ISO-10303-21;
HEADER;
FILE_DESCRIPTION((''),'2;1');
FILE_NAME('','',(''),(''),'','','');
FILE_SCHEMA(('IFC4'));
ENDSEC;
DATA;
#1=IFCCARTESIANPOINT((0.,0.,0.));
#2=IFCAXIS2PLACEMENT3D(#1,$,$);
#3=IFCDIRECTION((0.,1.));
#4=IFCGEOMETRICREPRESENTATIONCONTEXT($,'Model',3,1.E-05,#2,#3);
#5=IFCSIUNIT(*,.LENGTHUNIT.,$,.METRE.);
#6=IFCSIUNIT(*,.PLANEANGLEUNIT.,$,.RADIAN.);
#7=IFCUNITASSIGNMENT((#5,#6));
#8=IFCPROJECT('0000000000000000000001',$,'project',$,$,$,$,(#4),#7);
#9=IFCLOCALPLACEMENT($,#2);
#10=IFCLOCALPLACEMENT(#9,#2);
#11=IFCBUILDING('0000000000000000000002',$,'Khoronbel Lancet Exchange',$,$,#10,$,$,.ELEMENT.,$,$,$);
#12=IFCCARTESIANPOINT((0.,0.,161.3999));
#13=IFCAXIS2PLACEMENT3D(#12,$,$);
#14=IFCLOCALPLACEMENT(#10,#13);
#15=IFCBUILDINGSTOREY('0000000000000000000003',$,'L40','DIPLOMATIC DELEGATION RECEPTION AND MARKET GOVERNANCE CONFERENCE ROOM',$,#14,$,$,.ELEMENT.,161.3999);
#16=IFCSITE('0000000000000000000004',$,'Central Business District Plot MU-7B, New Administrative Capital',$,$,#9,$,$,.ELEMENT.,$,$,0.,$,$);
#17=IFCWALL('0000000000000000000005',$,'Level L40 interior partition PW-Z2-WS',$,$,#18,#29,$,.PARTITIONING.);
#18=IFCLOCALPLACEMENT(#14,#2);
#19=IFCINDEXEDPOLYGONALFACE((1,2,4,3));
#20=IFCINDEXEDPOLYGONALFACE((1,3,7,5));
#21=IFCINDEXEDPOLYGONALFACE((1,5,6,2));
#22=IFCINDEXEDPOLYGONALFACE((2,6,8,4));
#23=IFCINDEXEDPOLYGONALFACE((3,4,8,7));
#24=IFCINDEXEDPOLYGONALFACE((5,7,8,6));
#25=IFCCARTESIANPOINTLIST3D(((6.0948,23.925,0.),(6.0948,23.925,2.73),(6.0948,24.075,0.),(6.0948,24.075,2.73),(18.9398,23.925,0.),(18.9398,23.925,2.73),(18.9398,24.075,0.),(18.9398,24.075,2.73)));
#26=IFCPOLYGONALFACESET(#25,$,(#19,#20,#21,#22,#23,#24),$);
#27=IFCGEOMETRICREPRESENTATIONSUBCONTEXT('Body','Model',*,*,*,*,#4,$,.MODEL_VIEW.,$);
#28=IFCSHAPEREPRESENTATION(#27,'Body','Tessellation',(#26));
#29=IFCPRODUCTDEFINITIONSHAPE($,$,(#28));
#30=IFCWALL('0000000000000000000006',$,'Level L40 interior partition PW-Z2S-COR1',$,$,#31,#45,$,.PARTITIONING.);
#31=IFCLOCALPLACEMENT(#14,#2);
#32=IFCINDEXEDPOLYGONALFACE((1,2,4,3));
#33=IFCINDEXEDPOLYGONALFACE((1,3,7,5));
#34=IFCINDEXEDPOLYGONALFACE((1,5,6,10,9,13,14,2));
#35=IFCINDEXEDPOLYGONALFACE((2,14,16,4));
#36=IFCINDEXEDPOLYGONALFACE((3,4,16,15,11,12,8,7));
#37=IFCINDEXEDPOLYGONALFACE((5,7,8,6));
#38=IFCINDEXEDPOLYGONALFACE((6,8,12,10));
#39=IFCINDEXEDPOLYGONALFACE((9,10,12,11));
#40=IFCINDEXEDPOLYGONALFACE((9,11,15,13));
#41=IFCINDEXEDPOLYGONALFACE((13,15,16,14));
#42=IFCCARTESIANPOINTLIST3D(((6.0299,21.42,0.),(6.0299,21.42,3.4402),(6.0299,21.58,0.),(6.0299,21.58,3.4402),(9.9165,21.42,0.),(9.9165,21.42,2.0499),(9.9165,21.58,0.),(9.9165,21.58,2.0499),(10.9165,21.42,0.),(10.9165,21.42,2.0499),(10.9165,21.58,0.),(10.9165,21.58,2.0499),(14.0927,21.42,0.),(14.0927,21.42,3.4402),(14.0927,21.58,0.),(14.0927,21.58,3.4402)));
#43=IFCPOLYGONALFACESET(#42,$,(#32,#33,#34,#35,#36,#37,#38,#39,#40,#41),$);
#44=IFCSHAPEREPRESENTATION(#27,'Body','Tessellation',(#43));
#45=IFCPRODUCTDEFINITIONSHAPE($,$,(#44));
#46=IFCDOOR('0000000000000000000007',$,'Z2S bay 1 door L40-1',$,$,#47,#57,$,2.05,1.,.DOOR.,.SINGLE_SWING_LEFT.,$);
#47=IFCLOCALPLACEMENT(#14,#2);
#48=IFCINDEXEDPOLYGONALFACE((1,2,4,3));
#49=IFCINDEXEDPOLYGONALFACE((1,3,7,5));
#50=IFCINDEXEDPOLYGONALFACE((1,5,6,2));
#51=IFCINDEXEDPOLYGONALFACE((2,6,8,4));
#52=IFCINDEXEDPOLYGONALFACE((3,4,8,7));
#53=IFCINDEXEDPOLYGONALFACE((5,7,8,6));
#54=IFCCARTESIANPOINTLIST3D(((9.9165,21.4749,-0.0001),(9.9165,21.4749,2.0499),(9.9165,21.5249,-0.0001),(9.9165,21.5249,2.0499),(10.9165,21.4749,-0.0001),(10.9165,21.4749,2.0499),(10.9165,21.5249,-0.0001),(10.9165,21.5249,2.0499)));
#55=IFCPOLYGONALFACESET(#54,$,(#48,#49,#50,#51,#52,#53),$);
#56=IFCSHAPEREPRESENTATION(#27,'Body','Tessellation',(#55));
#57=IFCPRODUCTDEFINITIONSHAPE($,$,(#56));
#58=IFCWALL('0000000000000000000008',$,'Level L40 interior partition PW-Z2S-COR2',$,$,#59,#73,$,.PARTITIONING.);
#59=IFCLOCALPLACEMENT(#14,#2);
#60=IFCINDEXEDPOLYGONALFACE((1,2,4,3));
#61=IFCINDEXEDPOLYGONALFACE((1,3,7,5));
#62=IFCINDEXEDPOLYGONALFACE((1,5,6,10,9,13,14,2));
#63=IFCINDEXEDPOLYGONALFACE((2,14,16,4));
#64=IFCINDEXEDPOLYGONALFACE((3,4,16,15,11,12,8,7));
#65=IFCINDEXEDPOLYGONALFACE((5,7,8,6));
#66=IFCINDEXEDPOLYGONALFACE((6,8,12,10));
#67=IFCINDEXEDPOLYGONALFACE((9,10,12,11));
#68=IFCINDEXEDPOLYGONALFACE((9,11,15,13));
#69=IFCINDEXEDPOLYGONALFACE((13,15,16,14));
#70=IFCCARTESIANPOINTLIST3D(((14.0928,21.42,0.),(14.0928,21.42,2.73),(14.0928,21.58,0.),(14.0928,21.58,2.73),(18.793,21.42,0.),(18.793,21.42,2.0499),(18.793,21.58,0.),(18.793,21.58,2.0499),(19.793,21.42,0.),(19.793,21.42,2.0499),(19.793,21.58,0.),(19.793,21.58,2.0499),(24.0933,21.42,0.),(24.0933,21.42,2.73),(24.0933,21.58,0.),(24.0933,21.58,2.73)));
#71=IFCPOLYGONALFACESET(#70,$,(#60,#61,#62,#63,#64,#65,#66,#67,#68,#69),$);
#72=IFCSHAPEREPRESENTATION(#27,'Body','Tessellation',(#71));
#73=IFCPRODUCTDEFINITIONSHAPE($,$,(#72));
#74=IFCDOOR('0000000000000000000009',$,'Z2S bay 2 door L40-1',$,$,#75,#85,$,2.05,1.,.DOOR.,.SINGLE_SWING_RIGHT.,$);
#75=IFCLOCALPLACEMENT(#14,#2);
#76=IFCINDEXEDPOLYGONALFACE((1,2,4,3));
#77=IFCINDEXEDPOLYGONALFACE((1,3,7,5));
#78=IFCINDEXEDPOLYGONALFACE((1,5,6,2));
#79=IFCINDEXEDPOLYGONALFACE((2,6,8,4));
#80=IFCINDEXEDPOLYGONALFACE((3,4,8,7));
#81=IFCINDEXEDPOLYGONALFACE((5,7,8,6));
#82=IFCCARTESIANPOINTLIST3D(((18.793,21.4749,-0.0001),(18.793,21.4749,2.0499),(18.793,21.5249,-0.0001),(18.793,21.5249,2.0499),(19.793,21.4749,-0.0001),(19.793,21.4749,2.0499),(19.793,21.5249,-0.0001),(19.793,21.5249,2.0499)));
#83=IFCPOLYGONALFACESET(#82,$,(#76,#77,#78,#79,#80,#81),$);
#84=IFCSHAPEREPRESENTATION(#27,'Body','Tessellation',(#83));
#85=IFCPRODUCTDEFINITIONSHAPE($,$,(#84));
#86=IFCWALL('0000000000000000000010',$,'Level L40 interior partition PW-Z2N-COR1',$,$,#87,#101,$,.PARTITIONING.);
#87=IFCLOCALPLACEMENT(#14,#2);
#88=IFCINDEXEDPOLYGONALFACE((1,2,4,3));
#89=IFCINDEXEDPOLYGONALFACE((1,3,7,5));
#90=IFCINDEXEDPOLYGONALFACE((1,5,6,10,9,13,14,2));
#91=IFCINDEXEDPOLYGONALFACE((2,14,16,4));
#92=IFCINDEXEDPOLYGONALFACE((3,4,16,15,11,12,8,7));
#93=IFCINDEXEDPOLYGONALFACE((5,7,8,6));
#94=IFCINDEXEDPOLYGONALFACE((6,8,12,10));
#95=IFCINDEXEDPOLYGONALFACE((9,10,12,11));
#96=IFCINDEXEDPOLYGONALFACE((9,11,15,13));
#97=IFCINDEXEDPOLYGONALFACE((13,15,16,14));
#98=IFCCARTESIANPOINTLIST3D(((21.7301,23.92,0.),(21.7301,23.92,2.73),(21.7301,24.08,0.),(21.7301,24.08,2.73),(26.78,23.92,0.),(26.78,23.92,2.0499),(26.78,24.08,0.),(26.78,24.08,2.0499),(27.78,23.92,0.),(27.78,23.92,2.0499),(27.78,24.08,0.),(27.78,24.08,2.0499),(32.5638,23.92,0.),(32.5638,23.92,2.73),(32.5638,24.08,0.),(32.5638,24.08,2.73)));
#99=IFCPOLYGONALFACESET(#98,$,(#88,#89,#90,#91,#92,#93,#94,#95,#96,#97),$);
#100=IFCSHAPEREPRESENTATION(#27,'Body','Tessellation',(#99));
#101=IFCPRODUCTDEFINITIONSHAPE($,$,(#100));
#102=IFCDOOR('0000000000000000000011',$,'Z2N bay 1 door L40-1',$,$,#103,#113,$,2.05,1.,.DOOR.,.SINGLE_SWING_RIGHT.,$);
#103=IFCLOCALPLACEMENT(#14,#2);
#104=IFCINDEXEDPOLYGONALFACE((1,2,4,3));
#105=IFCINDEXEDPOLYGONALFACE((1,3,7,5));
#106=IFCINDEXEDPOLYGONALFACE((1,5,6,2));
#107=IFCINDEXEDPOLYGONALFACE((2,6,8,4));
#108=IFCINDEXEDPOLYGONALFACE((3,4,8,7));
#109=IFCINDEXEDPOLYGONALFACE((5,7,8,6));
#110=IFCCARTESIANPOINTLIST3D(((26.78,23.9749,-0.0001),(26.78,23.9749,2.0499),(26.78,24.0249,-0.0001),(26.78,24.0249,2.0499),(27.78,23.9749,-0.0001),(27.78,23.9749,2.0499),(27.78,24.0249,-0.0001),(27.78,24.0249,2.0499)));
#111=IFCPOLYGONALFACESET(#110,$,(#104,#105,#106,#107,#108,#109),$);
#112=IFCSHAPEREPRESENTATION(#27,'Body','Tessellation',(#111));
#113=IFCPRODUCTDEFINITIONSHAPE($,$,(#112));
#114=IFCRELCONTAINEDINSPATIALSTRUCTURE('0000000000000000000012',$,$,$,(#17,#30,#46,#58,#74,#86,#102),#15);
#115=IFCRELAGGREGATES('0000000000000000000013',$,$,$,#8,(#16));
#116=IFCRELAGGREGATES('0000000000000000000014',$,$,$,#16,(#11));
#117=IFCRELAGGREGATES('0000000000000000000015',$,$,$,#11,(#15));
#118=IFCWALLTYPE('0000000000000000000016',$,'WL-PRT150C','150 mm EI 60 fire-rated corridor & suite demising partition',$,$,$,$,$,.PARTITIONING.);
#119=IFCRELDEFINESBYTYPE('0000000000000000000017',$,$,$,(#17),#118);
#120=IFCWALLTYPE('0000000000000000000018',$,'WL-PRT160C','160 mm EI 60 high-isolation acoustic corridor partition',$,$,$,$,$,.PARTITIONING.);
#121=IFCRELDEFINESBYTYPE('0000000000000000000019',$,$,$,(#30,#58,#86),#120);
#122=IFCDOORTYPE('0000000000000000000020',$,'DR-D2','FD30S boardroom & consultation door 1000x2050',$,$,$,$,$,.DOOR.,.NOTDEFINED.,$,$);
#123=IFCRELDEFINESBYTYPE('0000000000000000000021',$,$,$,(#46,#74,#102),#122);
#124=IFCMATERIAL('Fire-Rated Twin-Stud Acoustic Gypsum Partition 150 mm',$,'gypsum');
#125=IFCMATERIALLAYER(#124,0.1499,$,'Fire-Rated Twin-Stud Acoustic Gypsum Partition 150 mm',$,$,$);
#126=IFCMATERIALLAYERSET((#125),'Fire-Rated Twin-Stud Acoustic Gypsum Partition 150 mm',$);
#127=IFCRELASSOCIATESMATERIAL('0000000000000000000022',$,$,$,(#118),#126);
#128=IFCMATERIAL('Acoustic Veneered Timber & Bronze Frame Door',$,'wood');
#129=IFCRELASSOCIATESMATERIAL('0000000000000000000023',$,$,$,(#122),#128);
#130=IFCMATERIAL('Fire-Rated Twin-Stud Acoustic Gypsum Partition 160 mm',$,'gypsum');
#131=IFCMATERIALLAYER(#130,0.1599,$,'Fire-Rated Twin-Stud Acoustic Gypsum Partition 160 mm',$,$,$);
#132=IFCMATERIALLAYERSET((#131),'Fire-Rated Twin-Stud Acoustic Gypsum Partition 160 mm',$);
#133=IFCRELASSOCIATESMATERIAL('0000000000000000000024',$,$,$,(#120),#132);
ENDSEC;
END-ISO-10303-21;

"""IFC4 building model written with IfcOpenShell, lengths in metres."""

from ifc_helpers import new_model, si_unit, direction, frame, frame_2d, origin, place, context, subcontext, project, spatial, rectangle, extrude, material, layer, layer_set, type_object, element, fill, save


model = new_model("IFC4")

# Units and contexts
model_context = context("Model", 3, precision=1e-05, world=origin(), true_north=direction((0.0, 1.0)))
body_context = subcontext(model_context, "Body", "Model", "MODEL_VIEW")
ifc_project = project(units=[si_unit("LENGTHUNIT", "METRE"), si_unit("PLANEANGLEUNIT", "RADIAN")], contexts=[model_context])

# Site, building, storey
site_placement = place(None, origin())
site = spatial("IfcSite", under=ifc_project, at=site_placement, Name="Central Business District Plot MU-7B, New Administrative Capital", CompositionType="ELEMENT", RefElevation=0.0)
building_placement = place(site_placement, origin())
building = spatial("IfcBuilding", under=site, at=building_placement, Name="Khoronbel Lancet Exchange", CompositionType="ELEMENT")
storey_placement = place(building_placement, frame((0.0, 0.0, 161.3999)))
storey = spatial("IfcBuildingStorey", under=building, at=storey_placement, Name="L40", Description="DIPLOMATIC DELEGATION RECEPTION AND MARKET GOVERNANCE CONFERENCE ROOM", CompositionType="ELEMENT", Elevation=161.3999)

# Shared definitions
ifc_material_1 = material(Name="Fire-Rated Twin-Stud Acoustic Gypsum Partition 150 mm", Category="gypsum")
ifc_layer_1 = layer(ifc_material_1, 0.1499, Name="Fire-Rated Twin-Stud Acoustic Gypsum Partition 150 mm")
ifc_layer_set_1 = layer_set([ifc_layer_1], Name="Fire-Rated Twin-Stud Acoustic Gypsum Partition 150 mm")
wall_type_1 = type_object("IfcWallType", Name="WL-PRT150C", Description="150 mm EI 60 fire-rated corridor & suite demising partition", PredefinedType="PARTITIONING", material=ifc_layer_set_1)
ifc_material_2 = material(Name="Acoustic Veneered Timber & Bronze Frame Door", Category="wood")
door_type = type_object("IfcDoorType", Name="DR-D2", Description="FD30S boardroom & consultation door 1000x2050", OperationType="NOTDEFINED", PredefinedType="DOOR", material=ifc_material_2)

# Wall
wall_1_placement = place(storey_placement, frame((6.095, 24.0, 0.0), z_axis=(0.0, 0.0, 1.0), x_axis=(1.0, 0.0, 0.0)))
element("IfcWall", 1, at=wall_1_placement, inside=storey, type_object=wall_type_1, Name="Level L40 interior partition PW-Z2-WS", PredefinedType="PARTITIONING", context=body_context, shape_type="SweptSolid", body=[
    extrude(rectangle(XDim=12.845, YDim=0.1499, at=frame_2d((6.4224, 0.0))), origin(), (0.0, 0.0, 1.0), 2.73),
])

# Walls, openings, doors
ifc_material_3 = material(Name="Fire-Rated Twin-Stud Acoustic Gypsum Partition 160 mm", Category="gypsum")
ifc_layer_2 = layer(ifc_material_3, 0.1599, Name="Fire-Rated Twin-Stud Acoustic Gypsum Partition 160 mm")
ifc_layer_set_2 = layer_set([ifc_layer_2], Name="Fire-Rated Twin-Stud Acoustic Gypsum Partition 160 mm")
wall_type_2 = type_object("IfcWallType", Name="WL-PRT160C", Description="160 mm EI 60 high-isolation acoustic corridor partition", PredefinedType="PARTITIONING", material=ifc_layer_set_2)
wall_2_placement = place(storey_placement, frame((6.03, 21.5, 0.0), z_axis=(0.0, 0.0, 1.0), x_axis=(1.0, 0.0, 0.0)))
wall_2 = element("IfcWall", 2, at=wall_2_placement, inside=storey, type_object=wall_type_2, Name="Level L40 interior partition PW-Z2S-COR1", PredefinedType="PARTITIONING", context=body_context, shape_type="SweptSolid", body=[
    extrude(rectangle(XDim=8.0627, YDim=0.1599, at=frame_2d((4.0312, 0.0))), origin(), (0.0, 0.0, 1.0), 3.4402),
])
opening_1_placement = place(wall_2_placement, frame((3.8865, 0.0, 0.0)))
opening_1 = element("IfcOpeningElement", 3, at=opening_1_placement, cuts=wall_2, PredefinedType="OPENING", context=body_context, shape_type="SweptSolid", body=[
    extrude(rectangle(XDim=1.0, YDim=2.05, at=frame_2d((0.5, 1.0249))), frame((0.0, 0.0898, 0.0), z_axis=(0.0, -1.0, 0.0), x_axis=(1.0, 0.0, 0.0)), (0.0, 0.0, 1.0), 0.1799),
])
door_1_placement = place(opening_1_placement, origin())
door_1 = element("IfcDoor", 4, at=door_1_placement, inside=storey, type_object=door_type, Name="Z2S bay 1 door L40-1", OperationType="SINGLE_SWING_LEFT", OverallHeight=2.05, OverallWidth=1.0, PredefinedType="DOOR", context=body_context, shape_type="SweptSolid", body=[
    extrude(rectangle(XDim=1.0, YDim=2.05, at=frame_2d((0.5, 1.0249))), frame((0.0, 0.0249, 0.0), z_axis=(0.0, -1.0, 0.0), x_axis=(1.0, 0.0, 0.0)), (0.0, 0.0, 1.0), 0.05),
])
fill(opening_1, door_1)
wall_3_placement = place(storey_placement, frame((14.0928, 21.5, 0.0), z_axis=(0.0, 0.0, 1.0), x_axis=(1.0, 0.0, 0.0)))
wall_3 = element("IfcWall", 5, at=wall_3_placement, inside=storey, type_object=wall_type_2, Name="Level L40 interior partition PW-Z2S-COR2", PredefinedType="PARTITIONING", context=body_context, shape_type="SweptSolid", body=[
    extrude(rectangle(XDim=10.0005, YDim=0.1599, at=frame_2d((5.0002, 0.0))), origin(), (0.0, 0.0, 1.0), 2.73),
])
opening_2_placement = place(wall_3_placement, frame((4.7002, 0.0, 0.0)))
opening_2 = element("IfcOpeningElement", 6, at=opening_2_placement, cuts=wall_3, PredefinedType="OPENING", context=body_context, shape_type="SweptSolid", body=[
    extrude(rectangle(XDim=1.0, YDim=2.05, at=frame_2d((0.5, 1.0249))), frame((0.0, 0.0898, 0.0), z_axis=(0.0, -1.0, 0.0), x_axis=(1.0, 0.0, 0.0)), (0.0, 0.0, 1.0), 0.1799),
])
door_2_placement = place(opening_2_placement, origin())
door_2 = element("IfcDoor", 7, at=door_2_placement, inside=storey, type_object=door_type, Name="Z2S bay 2 door L40-1", OperationType="SINGLE_SWING_RIGHT", OverallHeight=2.05, OverallWidth=1.0, PredefinedType="DOOR", context=body_context, shape_type="SweptSolid", body=[
    extrude(rectangle(XDim=1.0, YDim=2.05, at=frame_2d((0.5, 1.0249))), frame((0.0, 0.0249, 0.0), z_axis=(0.0, -1.0, 0.0), x_axis=(1.0, 0.0, 0.0)), (0.0, 0.0, 1.0), 0.05),
])
fill(opening_2, door_2)
wall_4_placement = place(storey_placement, frame((21.73, 24.0, 0.0), z_axis=(0.0, 0.0, 1.0), x_axis=(1.0, 0.0, 0.0)))
wall_4 = element("IfcWall", 8, at=wall_4_placement, inside=storey, type_object=wall_type_2, Name="Level L40 interior partition PW-Z2N-COR1", PredefinedType="PARTITIONING", context=body_context, shape_type="SweptSolid", body=[
    extrude(rectangle(XDim=10.8337, YDim=0.1599, at=frame_2d((5.417, 0.0))), origin(), (0.0, 0.0, 1.0), 2.73),
])
opening_3_placement = place(wall_4_placement, frame((5.05, 0.0, 0.0)))
opening_3 = element("IfcOpeningElement", 9, at=opening_3_placement, cuts=wall_4, PredefinedType="OPENING", context=body_context, shape_type="SweptSolid", body=[
    extrude(rectangle(XDim=1.0, YDim=2.05, at=frame_2d((0.5, 1.0249))), frame((0.0, 0.0898, 0.0), z_axis=(0.0, -1.0, 0.0), x_axis=(1.0, 0.0, 0.0)), (0.0, 0.0, 1.0), 0.1799),
])
door_3_placement = place(opening_3_placement, origin())
door_3 = element("IfcDoor", 10, at=door_3_placement, inside=storey, type_object=door_type, Name="Z2N bay 1 door L40-1", OperationType="SINGLE_SWING_RIGHT", OverallHeight=2.05, OverallWidth=1.0, PredefinedType="DOOR", context=body_context, shape_type="SweptSolid", body=[
    extrude(rectangle(XDim=1.0, YDim=2.05, at=frame_2d((0.5, 1.0249))), frame((0.0, 0.0249, 0.0), z_axis=(0.0, -1.0, 0.0), x_axis=(1.0, 0.0, 0.0)), (0.0, 0.0, 1.0), 0.05),
])
fill(opening_3, door_3)

save(model, "model.ifc")
